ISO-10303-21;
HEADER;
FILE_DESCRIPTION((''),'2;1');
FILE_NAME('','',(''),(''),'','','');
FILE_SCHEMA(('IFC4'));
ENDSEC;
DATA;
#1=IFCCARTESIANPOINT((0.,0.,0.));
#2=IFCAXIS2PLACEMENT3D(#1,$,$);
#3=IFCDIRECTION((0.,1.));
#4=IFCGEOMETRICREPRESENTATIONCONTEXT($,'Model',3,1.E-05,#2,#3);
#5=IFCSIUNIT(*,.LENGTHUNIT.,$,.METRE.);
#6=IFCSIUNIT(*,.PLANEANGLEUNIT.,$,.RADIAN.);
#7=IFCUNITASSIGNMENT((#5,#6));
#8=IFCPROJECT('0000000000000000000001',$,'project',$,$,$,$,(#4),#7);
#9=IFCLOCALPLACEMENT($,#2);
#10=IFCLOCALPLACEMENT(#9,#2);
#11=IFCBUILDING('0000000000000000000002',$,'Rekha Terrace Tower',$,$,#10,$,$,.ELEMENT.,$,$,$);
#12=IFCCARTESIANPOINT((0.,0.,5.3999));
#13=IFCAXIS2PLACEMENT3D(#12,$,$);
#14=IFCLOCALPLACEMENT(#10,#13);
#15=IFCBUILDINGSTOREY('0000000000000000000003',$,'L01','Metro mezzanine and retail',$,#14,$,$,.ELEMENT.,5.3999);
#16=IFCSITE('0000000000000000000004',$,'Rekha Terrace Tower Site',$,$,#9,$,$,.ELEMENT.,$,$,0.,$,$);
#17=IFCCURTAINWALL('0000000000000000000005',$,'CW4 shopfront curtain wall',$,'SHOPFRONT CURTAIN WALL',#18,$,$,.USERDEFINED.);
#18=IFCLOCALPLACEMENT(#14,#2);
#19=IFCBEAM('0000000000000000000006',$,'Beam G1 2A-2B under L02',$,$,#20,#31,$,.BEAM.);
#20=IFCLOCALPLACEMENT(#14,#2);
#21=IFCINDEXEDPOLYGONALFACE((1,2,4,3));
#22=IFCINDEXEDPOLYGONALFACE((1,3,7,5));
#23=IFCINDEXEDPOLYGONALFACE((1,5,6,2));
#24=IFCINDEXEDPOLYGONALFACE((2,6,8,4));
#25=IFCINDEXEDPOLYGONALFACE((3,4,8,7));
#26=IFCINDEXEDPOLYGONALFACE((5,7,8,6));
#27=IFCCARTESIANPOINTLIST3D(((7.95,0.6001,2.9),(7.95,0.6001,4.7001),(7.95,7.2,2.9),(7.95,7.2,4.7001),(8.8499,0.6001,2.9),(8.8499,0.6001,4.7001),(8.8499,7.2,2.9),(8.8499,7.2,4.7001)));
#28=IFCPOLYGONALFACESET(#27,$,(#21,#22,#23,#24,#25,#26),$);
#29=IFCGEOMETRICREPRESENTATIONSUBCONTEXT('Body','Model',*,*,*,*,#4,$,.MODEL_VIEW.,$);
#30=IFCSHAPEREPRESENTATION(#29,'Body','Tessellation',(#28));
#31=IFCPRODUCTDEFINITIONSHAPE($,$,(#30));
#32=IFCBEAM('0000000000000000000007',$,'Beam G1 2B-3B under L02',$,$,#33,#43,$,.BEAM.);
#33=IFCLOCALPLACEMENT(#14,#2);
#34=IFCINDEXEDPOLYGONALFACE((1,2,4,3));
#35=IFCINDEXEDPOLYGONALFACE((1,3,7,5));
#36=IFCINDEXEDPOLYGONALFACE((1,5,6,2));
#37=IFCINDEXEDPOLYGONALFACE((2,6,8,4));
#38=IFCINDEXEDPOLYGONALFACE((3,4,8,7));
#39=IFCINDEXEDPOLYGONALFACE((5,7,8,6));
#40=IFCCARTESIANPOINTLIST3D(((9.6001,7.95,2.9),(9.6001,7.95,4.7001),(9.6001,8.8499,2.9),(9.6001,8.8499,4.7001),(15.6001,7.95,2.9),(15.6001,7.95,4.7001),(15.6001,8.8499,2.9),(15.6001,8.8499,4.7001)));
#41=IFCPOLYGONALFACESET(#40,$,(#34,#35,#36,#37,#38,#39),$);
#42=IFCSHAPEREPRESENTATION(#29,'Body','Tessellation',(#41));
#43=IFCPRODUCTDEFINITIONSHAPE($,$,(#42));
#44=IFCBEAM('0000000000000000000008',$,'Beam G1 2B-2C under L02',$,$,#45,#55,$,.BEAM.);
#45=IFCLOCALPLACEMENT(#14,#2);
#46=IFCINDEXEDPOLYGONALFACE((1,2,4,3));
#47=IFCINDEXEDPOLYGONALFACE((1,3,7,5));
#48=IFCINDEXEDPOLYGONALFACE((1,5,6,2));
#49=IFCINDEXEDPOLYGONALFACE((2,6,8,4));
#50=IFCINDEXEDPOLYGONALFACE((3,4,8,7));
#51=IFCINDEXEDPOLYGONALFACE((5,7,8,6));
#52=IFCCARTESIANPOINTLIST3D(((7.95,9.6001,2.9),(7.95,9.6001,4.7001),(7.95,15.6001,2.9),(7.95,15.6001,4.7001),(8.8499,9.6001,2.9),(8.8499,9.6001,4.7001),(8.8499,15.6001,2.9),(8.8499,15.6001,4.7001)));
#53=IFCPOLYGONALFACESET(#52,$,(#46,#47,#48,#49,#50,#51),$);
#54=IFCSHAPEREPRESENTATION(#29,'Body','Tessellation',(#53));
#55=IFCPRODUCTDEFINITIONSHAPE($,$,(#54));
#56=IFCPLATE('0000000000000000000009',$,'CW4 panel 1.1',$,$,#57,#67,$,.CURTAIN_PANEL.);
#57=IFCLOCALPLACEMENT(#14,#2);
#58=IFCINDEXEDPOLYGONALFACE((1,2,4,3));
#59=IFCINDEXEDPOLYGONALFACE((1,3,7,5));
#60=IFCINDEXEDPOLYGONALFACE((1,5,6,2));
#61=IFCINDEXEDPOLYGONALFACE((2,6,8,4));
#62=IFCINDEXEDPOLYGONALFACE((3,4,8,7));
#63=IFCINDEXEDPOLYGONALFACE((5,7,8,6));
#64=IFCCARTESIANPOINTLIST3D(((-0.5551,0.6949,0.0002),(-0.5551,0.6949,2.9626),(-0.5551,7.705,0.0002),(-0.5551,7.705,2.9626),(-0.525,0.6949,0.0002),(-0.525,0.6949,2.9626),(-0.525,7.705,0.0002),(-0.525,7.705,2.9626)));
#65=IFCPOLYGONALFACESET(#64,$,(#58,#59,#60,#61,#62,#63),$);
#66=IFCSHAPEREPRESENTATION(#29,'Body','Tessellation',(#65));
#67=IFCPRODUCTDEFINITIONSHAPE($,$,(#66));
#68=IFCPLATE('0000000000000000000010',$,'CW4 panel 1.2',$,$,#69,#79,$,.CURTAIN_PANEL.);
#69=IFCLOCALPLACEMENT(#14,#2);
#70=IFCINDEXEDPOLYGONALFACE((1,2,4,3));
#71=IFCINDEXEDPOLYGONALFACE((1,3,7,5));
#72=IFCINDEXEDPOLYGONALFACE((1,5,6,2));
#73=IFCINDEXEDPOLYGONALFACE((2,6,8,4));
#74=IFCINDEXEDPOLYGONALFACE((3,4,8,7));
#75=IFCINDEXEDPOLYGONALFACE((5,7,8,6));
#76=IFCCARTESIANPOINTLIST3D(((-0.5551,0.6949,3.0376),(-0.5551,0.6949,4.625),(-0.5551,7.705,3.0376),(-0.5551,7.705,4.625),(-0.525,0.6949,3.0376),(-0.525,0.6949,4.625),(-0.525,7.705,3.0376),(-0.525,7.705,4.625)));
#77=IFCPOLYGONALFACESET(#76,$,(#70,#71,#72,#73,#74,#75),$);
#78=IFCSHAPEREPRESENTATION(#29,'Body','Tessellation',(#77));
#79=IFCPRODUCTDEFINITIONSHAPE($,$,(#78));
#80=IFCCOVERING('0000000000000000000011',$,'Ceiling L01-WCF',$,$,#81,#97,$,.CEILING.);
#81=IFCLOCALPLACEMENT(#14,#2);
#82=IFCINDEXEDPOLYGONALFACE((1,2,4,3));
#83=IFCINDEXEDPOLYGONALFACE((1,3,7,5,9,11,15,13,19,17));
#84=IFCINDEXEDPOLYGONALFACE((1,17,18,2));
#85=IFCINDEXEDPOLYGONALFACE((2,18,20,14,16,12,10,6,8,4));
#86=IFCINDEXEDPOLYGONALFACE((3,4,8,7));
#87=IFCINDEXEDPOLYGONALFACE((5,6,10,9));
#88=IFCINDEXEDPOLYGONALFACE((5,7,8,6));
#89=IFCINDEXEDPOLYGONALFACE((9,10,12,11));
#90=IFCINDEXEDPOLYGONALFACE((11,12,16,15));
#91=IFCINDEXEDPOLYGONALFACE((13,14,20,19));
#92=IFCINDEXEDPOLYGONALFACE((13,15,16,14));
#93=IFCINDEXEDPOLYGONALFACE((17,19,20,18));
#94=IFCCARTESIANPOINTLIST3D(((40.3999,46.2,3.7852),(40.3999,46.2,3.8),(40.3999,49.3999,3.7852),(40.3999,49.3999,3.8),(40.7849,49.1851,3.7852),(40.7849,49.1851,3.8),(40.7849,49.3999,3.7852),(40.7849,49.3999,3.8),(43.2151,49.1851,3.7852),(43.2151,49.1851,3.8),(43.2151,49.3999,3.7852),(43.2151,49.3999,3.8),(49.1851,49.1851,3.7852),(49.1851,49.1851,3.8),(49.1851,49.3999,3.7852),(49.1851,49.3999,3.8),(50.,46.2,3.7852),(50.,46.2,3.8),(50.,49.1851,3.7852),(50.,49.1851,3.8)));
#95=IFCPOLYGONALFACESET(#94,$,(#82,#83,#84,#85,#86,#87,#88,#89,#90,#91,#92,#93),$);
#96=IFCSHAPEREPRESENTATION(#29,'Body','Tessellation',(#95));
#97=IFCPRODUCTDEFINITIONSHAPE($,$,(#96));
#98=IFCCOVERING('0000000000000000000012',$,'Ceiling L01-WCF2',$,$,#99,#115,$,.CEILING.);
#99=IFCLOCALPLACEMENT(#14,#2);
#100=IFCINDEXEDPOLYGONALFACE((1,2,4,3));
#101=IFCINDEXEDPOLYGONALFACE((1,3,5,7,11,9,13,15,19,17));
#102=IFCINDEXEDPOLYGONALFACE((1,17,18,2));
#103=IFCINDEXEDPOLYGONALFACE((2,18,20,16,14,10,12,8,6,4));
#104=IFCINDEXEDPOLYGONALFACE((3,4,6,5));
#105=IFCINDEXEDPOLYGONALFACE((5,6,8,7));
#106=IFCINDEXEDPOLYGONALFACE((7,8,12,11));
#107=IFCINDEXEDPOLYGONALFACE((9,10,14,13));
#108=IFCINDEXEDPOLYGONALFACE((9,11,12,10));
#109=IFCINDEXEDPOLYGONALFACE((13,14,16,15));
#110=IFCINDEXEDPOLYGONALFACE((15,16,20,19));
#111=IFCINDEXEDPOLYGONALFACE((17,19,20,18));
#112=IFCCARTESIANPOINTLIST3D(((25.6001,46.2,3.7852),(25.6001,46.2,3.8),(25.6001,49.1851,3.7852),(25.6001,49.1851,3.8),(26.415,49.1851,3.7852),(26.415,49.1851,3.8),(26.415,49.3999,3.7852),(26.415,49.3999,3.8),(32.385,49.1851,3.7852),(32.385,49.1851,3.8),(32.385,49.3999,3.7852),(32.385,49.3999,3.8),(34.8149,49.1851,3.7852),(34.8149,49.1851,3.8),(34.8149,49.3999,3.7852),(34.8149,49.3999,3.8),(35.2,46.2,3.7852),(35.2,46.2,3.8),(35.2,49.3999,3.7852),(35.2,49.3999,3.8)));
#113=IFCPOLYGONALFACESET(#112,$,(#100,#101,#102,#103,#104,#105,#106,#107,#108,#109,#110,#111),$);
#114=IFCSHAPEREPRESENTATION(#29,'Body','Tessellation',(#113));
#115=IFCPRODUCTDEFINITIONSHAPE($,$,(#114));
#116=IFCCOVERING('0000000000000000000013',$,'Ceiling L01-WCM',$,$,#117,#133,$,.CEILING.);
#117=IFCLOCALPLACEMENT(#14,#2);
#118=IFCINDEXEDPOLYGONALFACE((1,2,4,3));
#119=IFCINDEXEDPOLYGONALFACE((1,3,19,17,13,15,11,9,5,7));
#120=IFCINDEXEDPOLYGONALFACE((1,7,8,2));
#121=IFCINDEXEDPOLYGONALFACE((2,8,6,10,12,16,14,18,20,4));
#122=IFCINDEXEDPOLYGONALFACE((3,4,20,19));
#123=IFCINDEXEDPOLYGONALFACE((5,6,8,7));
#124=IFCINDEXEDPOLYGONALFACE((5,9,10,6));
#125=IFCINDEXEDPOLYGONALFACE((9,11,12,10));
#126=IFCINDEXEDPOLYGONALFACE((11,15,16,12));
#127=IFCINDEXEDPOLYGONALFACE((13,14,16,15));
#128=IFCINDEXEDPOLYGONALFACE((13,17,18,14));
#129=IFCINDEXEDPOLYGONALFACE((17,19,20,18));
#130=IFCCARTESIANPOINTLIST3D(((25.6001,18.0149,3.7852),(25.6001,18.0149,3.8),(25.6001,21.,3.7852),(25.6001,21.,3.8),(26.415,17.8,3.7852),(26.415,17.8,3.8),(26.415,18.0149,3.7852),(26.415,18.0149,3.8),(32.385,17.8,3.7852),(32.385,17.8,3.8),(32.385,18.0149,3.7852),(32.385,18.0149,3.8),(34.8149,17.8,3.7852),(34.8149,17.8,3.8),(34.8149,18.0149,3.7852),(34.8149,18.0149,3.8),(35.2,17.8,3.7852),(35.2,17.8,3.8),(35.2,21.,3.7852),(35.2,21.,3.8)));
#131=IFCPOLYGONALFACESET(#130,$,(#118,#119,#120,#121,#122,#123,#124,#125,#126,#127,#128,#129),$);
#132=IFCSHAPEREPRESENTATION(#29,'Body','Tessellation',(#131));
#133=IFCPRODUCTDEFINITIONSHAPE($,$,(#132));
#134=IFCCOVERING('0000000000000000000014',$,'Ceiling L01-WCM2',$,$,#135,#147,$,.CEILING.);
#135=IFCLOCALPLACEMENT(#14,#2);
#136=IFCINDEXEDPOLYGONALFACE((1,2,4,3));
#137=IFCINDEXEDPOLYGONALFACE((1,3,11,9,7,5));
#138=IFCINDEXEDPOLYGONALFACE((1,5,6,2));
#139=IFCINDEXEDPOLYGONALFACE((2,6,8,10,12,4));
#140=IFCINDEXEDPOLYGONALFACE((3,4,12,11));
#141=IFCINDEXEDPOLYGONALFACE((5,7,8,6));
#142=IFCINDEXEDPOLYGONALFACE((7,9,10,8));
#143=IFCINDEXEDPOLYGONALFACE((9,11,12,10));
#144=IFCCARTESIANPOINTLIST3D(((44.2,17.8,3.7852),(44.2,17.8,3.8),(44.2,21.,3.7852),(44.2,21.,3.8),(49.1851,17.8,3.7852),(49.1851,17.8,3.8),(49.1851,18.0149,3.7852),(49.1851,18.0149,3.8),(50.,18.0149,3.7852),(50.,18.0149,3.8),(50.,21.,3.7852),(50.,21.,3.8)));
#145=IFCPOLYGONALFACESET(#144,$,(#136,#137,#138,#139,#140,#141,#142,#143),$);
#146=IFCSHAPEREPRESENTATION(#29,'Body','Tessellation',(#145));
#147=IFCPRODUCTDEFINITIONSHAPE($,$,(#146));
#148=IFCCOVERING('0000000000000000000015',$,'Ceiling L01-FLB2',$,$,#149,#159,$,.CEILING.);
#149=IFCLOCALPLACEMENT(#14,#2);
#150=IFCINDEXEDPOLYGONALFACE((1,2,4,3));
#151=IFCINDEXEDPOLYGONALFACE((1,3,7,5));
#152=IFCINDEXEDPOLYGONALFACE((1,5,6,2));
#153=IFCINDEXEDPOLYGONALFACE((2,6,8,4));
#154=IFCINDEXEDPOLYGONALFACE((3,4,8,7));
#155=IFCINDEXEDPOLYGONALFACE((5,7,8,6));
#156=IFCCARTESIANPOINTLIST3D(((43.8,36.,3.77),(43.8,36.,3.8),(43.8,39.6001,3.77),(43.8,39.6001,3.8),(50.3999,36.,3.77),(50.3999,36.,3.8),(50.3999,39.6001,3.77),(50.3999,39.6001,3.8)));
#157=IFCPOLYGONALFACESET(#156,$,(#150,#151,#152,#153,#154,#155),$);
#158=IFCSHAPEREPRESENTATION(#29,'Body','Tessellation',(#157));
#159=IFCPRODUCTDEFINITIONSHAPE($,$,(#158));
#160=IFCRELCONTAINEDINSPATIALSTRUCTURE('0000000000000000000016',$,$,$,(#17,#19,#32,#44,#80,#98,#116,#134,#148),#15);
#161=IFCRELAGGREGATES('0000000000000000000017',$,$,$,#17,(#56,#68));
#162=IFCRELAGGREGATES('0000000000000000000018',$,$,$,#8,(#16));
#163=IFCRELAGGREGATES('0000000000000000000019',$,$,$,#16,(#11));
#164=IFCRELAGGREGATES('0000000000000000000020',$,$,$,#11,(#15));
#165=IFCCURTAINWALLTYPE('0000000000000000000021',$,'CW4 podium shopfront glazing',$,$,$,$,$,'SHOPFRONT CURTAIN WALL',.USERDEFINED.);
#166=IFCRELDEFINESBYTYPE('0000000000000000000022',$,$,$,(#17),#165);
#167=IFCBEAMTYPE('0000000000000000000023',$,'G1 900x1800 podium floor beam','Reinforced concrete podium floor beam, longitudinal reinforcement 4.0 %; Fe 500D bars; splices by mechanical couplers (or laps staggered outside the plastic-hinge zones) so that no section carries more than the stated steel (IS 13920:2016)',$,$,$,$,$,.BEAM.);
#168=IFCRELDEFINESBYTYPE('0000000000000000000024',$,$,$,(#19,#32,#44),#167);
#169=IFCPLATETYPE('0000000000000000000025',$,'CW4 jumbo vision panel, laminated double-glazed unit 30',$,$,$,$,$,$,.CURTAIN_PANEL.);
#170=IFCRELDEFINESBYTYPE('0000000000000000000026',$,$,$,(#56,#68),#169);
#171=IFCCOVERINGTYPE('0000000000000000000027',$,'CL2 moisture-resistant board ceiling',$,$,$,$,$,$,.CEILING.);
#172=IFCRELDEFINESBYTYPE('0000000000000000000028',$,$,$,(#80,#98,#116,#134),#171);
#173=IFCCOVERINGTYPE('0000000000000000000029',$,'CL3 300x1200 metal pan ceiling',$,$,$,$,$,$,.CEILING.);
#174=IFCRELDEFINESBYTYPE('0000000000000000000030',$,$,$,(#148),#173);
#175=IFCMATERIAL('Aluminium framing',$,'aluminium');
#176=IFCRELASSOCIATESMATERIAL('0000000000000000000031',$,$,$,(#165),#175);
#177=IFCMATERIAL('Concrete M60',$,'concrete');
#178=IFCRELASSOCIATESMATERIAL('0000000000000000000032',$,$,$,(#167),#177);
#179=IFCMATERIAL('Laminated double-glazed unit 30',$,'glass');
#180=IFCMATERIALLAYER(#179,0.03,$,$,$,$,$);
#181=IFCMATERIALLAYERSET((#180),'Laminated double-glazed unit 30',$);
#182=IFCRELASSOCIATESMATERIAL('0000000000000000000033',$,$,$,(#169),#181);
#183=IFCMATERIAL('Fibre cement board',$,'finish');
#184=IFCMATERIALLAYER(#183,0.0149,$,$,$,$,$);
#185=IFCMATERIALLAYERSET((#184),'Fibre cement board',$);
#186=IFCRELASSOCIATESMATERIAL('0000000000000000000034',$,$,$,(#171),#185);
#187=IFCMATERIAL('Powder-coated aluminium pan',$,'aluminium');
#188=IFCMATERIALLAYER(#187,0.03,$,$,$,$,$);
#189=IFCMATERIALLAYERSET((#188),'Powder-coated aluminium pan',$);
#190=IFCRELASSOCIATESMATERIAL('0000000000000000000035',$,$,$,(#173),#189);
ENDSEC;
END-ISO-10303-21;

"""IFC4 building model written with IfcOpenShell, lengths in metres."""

from ifc_helpers import new_model, si_unit, direction, frame, origin, origin_2d, place, context, subcontext, project, spatial, polyline, rectangle, outline, extrude, material, layer, layer_set, material_profile, profile_set, type_object, element, aggregate, save


model = new_model("IFC4")

# Units and contexts
model_context = context("Model", 3, precision=1e-05, world=origin(), true_north=direction((0.0, 1.0)))
body_context = subcontext(model_context, "Body", "Model", "MODEL_VIEW")
ifc_project = project(units=[si_unit("LENGTHUNIT", "METRE"), si_unit("PLANEANGLEUNIT", "RADIAN")], contexts=[model_context])

# Site, building, storey
site_placement = place(None, origin())
site = spatial("IfcSite", under=ifc_project, at=site_placement, Name="Rekha Terrace Tower Site", CompositionType="ELEMENT", RefElevation=0.0)
building_placement = place(site_placement, origin())
building = spatial("IfcBuilding", under=site, at=building_placement, Name="Rekha Terrace Tower", CompositionType="ELEMENT")
storey_placement = place(building_placement, frame((0.0, 0.0, 5.3999)))
storey = spatial("IfcBuildingStorey", under=building, at=storey_placement, Name="L01", Description="Metro mezzanine and retail", CompositionType="ELEMENT", Elevation=5.3999)

# Shared definitions
ifc_material_1 = material(Name="Concrete M60", Category="concrete")

# Shared definitions
ifc_material_2 = material(Name="Aluminium framing", Category="aluminium")
curtain_wall_type = type_object("IfcCurtainWallType", Name="CW4 podium shopfront glazing", ElementType="SHOPFRONT CURTAIN WALL", PredefinedType="USERDEFINED", material=ifc_material_2)

# Curtain wall
curtain_wall_1_placement = place(storey_placement, origin())
curtain_wall_1 = element("IfcCurtainWall", 1, at=curtain_wall_1_placement, inside=storey, type_object=curtain_wall_type, Name="CW4 shopfront curtain wall", ObjectType="SHOPFRONT CURTAIN WALL", PredefinedType="USERDEFINED")

# Beams
ifc_material_profile_1 = material_profile(ifc_material_1, rectangle(XDim=0.8999, YDim=1.8, at=origin_2d()), Name="RC 900x1800")
ifc_profile_set_1 = profile_set([ifc_material_profile_1], Name="Concrete M60")
beam_type = type_object("IfcBeamType", Name="G1 900x1800 podium floor beam", Description="Reinforced concrete podium floor beam, longitudinal reinforcement 4.0 %; Fe 500D bars; splices by mechanical couplers (or laps staggered outside the plastic-hinge zones) so that no section carries more than the stated steel (IS 13920:2016)", PredefinedType="BEAM", material=ifc_profile_set_1)
beam_1_placement = place(storey_placement, frame((8.3999, 0.6001, 3.8), z_axis=(0.0, 1.0, 0.0), x_axis=(-1.0, 0.0, 0.0)))
element("IfcBeam", 2, at=beam_1_placement, inside=storey, type_object=beam_type, Name="Beam G1 2A-2B under L02", PredefinedType="BEAM", context=body_context, shape_type="SweptSolid", body=[
    extrude(rectangle(XDim=0.8999, YDim=1.8, at=origin_2d()), origin(), (0.0, 0.0, 1.0), 6.5999),
])
for number, where, z_axis, x_axis, name in (
    (3, (9.6001, 8.3999, 3.8), (1.0, 0.0, 0.0), (0.0, 1.0, 0.0), "Beam G1 2B-3B under L02"),
    (4, (8.3999, 9.6001, 3.8), (0.0, 1.0, 0.0), (-1.0, 0.0, 0.0), "Beam G1 2B-2C under L02"),
):
    element("IfcBeam", number, at=place(storey_placement, frame(where, z_axis=z_axis, x_axis=x_axis)), inside=storey, type_object=beam_type, Name=name, PredefinedType="BEAM", context=body_context, shape_type="SweptSolid", body=[
        extrude(rectangle(XDim=0.8999, YDim=1.8, at=origin_2d()), origin(), (0.0, 0.0, 1.0), 6.0),
    ])

# Plates
ifc_material_3 = material(Name="Laminated double-glazed unit 30", Category="glass")
ifc_layer_1 = layer(ifc_material_3, 0.03)
ifc_layer_set_1 = layer_set([ifc_layer_1], Name="Laminated double-glazed unit 30")
plate_type = type_object("IfcPlateType", Name="CW4 jumbo vision panel, laminated double-glazed unit 30", PredefinedType="CURTAIN_PANEL", material=ifc_layer_set_1)
plate_1_placement = place(storey_placement, frame((-0.54, 4.2, 0.0002), z_axis=(0.0, 0.0, 1.0), x_axis=(0.0, -1.0, 0.0)))
plate_1 = element("IfcPlate", 5, at=plate_1_placement, type_object=plate_type, Name="CW4 panel 1.1", PredefinedType="CURTAIN_PANEL", context=body_context, shape_type="SweptSolid", body=[
    extrude(rectangle(XDim=7.01, YDim=0.03, at=origin_2d()), origin(), (0.0, 0.0, 1.0), 2.9624),
])
plate_2_placement = place(storey_placement, frame((-0.54, 4.2, 3.0376), z_axis=(0.0, 0.0, 1.0), x_axis=(0.0, -1.0, 0.0)))
plate_2 = element("IfcPlate", 6, at=plate_2_placement, type_object=plate_type, Name="CW4 panel 1.2", PredefinedType="CURTAIN_PANEL", context=body_context, shape_type="SweptSolid", body=[
    extrude(rectangle(XDim=7.01, YDim=0.03, at=origin_2d()), origin(), (0.0, 0.0, 1.0), 1.5874),
])
aggregate(curtain_wall_1, [plate_1, plate_2])

# Coverings
ifc_material_4 = material(Name="Fibre cement board", Category="finish")
ifc_layer_2 = layer(ifc_material_4, 0.0149)
ifc_layer_set_2 = layer_set([ifc_layer_2], Name="Fibre cement board")
covering_type_1 = type_object("IfcCoveringType", Name="CL2 moisture-resistant board ceiling", PredefinedType="CEILING", material=ifc_layer_set_2)
covering_1_placement = place(storey_placement, frame((0.0, 0.0, 3.7852)))
element("IfcCovering", 7, at=covering_1_placement, inside=storey, type_object=covering_type_1, Name="Ceiling L01-WCF", PredefinedType="CEILING", context=body_context, shape_type="SweptSolid", body=[
    extrude(outline(polyline([(40.7849, 49.3999), (40.3999, 49.3999), (40.3999, 46.2), (50.0, 46.2), (50.0, 49.1851), (49.1851, 49.1851), (49.1851, 49.3999), (43.2151, 49.3999), (43.2151, 49.1851), (40.7849, 49.1851), (40.7849, 49.3999)])), origin(), (0.0, 0.0, 1.0), 0.0149),
])
covering_2_placement = place(storey_placement, frame((0.0, 0.0, 3.7852)))
element("IfcCovering", 8, at=covering_2_placement, inside=storey, type_object=covering_type_1, Name="Ceiling L01-WCF2", PredefinedType="CEILING", context=body_context, shape_type="SweptSolid", body=[
    extrude(outline(polyline([(26.415, 49.1851), (25.6001, 49.1851), (25.6001, 46.2), (35.2, 46.2), (35.2, 49.3999), (34.8149, 49.3999), (34.8149, 49.1851), (32.385, 49.1851), (32.385, 49.3999), (26.415, 49.3999), (26.415, 49.1851)])), origin(), (0.0, 0.0, 1.0), 0.0149),
])
covering_3_placement = place(storey_placement, frame((0.0, 0.0, 3.7852)))
element("IfcCovering", 9, at=covering_3_placement, inside=storey, type_object=covering_type_1, Name="Ceiling L01-WCM", PredefinedType="CEILING", context=body_context, shape_type="SweptSolid", body=[
    extrude(outline(polyline([(35.2, 21.0), (25.6001, 21.0), (25.6001, 18.0149), (26.415, 18.0149), (26.415, 17.8), (32.385, 17.8), (32.385, 18.0149), (34.8149, 18.0149), (34.8149, 17.8), (35.2, 17.8), (35.2, 21.0)])), origin(), (0.0, 0.0, 1.0), 0.0149),
])
covering_4_placement = place(storey_placement, frame((0.0, 0.0, 3.7852)))
element("IfcCovering", 10, at=covering_4_placement, inside=storey, type_object=covering_type_1, Name="Ceiling L01-WCM2", PredefinedType="CEILING", context=body_context, shape_type="SweptSolid", body=[
    extrude(outline(polyline([(50.0, 21.0), (44.2, 21.0), (44.2, 17.8), (49.1851, 17.8), (49.1851, 18.0149), (50.0, 18.0149), (50.0, 21.0)])), origin(), (0.0, 0.0, 1.0), 0.0149),
])
ifc_material_5 = material(Name="Powder-coated aluminium pan", Category="aluminium")
ifc_layer_3 = layer(ifc_material_5, 0.03)
ifc_layer_set_3 = layer_set([ifc_layer_3], Name="Powder-coated aluminium pan")
covering_type_2 = type_object("IfcCoveringType", Name="CL3 300x1200 metal pan ceiling", PredefinedType="CEILING", material=ifc_layer_set_3)
covering_5_placement = place(storey_placement, frame((0.0, 0.0, 3.77)))
element("IfcCovering", 11, at=covering_5_placement, inside=storey, type_object=covering_type_2, Name="Ceiling L01-FLB2", PredefinedType="CEILING", context=body_context, shape_type="SweptSolid", body=[
    extrude(outline(polyline([(50.3999, 39.6001), (43.8, 39.6001), (43.8, 36.0), (50.3999, 36.0), (50.3999, 39.6001)])), origin(), (0.0, 0.0, 1.0), 0.03),
])

save(model, "model.ifc")
